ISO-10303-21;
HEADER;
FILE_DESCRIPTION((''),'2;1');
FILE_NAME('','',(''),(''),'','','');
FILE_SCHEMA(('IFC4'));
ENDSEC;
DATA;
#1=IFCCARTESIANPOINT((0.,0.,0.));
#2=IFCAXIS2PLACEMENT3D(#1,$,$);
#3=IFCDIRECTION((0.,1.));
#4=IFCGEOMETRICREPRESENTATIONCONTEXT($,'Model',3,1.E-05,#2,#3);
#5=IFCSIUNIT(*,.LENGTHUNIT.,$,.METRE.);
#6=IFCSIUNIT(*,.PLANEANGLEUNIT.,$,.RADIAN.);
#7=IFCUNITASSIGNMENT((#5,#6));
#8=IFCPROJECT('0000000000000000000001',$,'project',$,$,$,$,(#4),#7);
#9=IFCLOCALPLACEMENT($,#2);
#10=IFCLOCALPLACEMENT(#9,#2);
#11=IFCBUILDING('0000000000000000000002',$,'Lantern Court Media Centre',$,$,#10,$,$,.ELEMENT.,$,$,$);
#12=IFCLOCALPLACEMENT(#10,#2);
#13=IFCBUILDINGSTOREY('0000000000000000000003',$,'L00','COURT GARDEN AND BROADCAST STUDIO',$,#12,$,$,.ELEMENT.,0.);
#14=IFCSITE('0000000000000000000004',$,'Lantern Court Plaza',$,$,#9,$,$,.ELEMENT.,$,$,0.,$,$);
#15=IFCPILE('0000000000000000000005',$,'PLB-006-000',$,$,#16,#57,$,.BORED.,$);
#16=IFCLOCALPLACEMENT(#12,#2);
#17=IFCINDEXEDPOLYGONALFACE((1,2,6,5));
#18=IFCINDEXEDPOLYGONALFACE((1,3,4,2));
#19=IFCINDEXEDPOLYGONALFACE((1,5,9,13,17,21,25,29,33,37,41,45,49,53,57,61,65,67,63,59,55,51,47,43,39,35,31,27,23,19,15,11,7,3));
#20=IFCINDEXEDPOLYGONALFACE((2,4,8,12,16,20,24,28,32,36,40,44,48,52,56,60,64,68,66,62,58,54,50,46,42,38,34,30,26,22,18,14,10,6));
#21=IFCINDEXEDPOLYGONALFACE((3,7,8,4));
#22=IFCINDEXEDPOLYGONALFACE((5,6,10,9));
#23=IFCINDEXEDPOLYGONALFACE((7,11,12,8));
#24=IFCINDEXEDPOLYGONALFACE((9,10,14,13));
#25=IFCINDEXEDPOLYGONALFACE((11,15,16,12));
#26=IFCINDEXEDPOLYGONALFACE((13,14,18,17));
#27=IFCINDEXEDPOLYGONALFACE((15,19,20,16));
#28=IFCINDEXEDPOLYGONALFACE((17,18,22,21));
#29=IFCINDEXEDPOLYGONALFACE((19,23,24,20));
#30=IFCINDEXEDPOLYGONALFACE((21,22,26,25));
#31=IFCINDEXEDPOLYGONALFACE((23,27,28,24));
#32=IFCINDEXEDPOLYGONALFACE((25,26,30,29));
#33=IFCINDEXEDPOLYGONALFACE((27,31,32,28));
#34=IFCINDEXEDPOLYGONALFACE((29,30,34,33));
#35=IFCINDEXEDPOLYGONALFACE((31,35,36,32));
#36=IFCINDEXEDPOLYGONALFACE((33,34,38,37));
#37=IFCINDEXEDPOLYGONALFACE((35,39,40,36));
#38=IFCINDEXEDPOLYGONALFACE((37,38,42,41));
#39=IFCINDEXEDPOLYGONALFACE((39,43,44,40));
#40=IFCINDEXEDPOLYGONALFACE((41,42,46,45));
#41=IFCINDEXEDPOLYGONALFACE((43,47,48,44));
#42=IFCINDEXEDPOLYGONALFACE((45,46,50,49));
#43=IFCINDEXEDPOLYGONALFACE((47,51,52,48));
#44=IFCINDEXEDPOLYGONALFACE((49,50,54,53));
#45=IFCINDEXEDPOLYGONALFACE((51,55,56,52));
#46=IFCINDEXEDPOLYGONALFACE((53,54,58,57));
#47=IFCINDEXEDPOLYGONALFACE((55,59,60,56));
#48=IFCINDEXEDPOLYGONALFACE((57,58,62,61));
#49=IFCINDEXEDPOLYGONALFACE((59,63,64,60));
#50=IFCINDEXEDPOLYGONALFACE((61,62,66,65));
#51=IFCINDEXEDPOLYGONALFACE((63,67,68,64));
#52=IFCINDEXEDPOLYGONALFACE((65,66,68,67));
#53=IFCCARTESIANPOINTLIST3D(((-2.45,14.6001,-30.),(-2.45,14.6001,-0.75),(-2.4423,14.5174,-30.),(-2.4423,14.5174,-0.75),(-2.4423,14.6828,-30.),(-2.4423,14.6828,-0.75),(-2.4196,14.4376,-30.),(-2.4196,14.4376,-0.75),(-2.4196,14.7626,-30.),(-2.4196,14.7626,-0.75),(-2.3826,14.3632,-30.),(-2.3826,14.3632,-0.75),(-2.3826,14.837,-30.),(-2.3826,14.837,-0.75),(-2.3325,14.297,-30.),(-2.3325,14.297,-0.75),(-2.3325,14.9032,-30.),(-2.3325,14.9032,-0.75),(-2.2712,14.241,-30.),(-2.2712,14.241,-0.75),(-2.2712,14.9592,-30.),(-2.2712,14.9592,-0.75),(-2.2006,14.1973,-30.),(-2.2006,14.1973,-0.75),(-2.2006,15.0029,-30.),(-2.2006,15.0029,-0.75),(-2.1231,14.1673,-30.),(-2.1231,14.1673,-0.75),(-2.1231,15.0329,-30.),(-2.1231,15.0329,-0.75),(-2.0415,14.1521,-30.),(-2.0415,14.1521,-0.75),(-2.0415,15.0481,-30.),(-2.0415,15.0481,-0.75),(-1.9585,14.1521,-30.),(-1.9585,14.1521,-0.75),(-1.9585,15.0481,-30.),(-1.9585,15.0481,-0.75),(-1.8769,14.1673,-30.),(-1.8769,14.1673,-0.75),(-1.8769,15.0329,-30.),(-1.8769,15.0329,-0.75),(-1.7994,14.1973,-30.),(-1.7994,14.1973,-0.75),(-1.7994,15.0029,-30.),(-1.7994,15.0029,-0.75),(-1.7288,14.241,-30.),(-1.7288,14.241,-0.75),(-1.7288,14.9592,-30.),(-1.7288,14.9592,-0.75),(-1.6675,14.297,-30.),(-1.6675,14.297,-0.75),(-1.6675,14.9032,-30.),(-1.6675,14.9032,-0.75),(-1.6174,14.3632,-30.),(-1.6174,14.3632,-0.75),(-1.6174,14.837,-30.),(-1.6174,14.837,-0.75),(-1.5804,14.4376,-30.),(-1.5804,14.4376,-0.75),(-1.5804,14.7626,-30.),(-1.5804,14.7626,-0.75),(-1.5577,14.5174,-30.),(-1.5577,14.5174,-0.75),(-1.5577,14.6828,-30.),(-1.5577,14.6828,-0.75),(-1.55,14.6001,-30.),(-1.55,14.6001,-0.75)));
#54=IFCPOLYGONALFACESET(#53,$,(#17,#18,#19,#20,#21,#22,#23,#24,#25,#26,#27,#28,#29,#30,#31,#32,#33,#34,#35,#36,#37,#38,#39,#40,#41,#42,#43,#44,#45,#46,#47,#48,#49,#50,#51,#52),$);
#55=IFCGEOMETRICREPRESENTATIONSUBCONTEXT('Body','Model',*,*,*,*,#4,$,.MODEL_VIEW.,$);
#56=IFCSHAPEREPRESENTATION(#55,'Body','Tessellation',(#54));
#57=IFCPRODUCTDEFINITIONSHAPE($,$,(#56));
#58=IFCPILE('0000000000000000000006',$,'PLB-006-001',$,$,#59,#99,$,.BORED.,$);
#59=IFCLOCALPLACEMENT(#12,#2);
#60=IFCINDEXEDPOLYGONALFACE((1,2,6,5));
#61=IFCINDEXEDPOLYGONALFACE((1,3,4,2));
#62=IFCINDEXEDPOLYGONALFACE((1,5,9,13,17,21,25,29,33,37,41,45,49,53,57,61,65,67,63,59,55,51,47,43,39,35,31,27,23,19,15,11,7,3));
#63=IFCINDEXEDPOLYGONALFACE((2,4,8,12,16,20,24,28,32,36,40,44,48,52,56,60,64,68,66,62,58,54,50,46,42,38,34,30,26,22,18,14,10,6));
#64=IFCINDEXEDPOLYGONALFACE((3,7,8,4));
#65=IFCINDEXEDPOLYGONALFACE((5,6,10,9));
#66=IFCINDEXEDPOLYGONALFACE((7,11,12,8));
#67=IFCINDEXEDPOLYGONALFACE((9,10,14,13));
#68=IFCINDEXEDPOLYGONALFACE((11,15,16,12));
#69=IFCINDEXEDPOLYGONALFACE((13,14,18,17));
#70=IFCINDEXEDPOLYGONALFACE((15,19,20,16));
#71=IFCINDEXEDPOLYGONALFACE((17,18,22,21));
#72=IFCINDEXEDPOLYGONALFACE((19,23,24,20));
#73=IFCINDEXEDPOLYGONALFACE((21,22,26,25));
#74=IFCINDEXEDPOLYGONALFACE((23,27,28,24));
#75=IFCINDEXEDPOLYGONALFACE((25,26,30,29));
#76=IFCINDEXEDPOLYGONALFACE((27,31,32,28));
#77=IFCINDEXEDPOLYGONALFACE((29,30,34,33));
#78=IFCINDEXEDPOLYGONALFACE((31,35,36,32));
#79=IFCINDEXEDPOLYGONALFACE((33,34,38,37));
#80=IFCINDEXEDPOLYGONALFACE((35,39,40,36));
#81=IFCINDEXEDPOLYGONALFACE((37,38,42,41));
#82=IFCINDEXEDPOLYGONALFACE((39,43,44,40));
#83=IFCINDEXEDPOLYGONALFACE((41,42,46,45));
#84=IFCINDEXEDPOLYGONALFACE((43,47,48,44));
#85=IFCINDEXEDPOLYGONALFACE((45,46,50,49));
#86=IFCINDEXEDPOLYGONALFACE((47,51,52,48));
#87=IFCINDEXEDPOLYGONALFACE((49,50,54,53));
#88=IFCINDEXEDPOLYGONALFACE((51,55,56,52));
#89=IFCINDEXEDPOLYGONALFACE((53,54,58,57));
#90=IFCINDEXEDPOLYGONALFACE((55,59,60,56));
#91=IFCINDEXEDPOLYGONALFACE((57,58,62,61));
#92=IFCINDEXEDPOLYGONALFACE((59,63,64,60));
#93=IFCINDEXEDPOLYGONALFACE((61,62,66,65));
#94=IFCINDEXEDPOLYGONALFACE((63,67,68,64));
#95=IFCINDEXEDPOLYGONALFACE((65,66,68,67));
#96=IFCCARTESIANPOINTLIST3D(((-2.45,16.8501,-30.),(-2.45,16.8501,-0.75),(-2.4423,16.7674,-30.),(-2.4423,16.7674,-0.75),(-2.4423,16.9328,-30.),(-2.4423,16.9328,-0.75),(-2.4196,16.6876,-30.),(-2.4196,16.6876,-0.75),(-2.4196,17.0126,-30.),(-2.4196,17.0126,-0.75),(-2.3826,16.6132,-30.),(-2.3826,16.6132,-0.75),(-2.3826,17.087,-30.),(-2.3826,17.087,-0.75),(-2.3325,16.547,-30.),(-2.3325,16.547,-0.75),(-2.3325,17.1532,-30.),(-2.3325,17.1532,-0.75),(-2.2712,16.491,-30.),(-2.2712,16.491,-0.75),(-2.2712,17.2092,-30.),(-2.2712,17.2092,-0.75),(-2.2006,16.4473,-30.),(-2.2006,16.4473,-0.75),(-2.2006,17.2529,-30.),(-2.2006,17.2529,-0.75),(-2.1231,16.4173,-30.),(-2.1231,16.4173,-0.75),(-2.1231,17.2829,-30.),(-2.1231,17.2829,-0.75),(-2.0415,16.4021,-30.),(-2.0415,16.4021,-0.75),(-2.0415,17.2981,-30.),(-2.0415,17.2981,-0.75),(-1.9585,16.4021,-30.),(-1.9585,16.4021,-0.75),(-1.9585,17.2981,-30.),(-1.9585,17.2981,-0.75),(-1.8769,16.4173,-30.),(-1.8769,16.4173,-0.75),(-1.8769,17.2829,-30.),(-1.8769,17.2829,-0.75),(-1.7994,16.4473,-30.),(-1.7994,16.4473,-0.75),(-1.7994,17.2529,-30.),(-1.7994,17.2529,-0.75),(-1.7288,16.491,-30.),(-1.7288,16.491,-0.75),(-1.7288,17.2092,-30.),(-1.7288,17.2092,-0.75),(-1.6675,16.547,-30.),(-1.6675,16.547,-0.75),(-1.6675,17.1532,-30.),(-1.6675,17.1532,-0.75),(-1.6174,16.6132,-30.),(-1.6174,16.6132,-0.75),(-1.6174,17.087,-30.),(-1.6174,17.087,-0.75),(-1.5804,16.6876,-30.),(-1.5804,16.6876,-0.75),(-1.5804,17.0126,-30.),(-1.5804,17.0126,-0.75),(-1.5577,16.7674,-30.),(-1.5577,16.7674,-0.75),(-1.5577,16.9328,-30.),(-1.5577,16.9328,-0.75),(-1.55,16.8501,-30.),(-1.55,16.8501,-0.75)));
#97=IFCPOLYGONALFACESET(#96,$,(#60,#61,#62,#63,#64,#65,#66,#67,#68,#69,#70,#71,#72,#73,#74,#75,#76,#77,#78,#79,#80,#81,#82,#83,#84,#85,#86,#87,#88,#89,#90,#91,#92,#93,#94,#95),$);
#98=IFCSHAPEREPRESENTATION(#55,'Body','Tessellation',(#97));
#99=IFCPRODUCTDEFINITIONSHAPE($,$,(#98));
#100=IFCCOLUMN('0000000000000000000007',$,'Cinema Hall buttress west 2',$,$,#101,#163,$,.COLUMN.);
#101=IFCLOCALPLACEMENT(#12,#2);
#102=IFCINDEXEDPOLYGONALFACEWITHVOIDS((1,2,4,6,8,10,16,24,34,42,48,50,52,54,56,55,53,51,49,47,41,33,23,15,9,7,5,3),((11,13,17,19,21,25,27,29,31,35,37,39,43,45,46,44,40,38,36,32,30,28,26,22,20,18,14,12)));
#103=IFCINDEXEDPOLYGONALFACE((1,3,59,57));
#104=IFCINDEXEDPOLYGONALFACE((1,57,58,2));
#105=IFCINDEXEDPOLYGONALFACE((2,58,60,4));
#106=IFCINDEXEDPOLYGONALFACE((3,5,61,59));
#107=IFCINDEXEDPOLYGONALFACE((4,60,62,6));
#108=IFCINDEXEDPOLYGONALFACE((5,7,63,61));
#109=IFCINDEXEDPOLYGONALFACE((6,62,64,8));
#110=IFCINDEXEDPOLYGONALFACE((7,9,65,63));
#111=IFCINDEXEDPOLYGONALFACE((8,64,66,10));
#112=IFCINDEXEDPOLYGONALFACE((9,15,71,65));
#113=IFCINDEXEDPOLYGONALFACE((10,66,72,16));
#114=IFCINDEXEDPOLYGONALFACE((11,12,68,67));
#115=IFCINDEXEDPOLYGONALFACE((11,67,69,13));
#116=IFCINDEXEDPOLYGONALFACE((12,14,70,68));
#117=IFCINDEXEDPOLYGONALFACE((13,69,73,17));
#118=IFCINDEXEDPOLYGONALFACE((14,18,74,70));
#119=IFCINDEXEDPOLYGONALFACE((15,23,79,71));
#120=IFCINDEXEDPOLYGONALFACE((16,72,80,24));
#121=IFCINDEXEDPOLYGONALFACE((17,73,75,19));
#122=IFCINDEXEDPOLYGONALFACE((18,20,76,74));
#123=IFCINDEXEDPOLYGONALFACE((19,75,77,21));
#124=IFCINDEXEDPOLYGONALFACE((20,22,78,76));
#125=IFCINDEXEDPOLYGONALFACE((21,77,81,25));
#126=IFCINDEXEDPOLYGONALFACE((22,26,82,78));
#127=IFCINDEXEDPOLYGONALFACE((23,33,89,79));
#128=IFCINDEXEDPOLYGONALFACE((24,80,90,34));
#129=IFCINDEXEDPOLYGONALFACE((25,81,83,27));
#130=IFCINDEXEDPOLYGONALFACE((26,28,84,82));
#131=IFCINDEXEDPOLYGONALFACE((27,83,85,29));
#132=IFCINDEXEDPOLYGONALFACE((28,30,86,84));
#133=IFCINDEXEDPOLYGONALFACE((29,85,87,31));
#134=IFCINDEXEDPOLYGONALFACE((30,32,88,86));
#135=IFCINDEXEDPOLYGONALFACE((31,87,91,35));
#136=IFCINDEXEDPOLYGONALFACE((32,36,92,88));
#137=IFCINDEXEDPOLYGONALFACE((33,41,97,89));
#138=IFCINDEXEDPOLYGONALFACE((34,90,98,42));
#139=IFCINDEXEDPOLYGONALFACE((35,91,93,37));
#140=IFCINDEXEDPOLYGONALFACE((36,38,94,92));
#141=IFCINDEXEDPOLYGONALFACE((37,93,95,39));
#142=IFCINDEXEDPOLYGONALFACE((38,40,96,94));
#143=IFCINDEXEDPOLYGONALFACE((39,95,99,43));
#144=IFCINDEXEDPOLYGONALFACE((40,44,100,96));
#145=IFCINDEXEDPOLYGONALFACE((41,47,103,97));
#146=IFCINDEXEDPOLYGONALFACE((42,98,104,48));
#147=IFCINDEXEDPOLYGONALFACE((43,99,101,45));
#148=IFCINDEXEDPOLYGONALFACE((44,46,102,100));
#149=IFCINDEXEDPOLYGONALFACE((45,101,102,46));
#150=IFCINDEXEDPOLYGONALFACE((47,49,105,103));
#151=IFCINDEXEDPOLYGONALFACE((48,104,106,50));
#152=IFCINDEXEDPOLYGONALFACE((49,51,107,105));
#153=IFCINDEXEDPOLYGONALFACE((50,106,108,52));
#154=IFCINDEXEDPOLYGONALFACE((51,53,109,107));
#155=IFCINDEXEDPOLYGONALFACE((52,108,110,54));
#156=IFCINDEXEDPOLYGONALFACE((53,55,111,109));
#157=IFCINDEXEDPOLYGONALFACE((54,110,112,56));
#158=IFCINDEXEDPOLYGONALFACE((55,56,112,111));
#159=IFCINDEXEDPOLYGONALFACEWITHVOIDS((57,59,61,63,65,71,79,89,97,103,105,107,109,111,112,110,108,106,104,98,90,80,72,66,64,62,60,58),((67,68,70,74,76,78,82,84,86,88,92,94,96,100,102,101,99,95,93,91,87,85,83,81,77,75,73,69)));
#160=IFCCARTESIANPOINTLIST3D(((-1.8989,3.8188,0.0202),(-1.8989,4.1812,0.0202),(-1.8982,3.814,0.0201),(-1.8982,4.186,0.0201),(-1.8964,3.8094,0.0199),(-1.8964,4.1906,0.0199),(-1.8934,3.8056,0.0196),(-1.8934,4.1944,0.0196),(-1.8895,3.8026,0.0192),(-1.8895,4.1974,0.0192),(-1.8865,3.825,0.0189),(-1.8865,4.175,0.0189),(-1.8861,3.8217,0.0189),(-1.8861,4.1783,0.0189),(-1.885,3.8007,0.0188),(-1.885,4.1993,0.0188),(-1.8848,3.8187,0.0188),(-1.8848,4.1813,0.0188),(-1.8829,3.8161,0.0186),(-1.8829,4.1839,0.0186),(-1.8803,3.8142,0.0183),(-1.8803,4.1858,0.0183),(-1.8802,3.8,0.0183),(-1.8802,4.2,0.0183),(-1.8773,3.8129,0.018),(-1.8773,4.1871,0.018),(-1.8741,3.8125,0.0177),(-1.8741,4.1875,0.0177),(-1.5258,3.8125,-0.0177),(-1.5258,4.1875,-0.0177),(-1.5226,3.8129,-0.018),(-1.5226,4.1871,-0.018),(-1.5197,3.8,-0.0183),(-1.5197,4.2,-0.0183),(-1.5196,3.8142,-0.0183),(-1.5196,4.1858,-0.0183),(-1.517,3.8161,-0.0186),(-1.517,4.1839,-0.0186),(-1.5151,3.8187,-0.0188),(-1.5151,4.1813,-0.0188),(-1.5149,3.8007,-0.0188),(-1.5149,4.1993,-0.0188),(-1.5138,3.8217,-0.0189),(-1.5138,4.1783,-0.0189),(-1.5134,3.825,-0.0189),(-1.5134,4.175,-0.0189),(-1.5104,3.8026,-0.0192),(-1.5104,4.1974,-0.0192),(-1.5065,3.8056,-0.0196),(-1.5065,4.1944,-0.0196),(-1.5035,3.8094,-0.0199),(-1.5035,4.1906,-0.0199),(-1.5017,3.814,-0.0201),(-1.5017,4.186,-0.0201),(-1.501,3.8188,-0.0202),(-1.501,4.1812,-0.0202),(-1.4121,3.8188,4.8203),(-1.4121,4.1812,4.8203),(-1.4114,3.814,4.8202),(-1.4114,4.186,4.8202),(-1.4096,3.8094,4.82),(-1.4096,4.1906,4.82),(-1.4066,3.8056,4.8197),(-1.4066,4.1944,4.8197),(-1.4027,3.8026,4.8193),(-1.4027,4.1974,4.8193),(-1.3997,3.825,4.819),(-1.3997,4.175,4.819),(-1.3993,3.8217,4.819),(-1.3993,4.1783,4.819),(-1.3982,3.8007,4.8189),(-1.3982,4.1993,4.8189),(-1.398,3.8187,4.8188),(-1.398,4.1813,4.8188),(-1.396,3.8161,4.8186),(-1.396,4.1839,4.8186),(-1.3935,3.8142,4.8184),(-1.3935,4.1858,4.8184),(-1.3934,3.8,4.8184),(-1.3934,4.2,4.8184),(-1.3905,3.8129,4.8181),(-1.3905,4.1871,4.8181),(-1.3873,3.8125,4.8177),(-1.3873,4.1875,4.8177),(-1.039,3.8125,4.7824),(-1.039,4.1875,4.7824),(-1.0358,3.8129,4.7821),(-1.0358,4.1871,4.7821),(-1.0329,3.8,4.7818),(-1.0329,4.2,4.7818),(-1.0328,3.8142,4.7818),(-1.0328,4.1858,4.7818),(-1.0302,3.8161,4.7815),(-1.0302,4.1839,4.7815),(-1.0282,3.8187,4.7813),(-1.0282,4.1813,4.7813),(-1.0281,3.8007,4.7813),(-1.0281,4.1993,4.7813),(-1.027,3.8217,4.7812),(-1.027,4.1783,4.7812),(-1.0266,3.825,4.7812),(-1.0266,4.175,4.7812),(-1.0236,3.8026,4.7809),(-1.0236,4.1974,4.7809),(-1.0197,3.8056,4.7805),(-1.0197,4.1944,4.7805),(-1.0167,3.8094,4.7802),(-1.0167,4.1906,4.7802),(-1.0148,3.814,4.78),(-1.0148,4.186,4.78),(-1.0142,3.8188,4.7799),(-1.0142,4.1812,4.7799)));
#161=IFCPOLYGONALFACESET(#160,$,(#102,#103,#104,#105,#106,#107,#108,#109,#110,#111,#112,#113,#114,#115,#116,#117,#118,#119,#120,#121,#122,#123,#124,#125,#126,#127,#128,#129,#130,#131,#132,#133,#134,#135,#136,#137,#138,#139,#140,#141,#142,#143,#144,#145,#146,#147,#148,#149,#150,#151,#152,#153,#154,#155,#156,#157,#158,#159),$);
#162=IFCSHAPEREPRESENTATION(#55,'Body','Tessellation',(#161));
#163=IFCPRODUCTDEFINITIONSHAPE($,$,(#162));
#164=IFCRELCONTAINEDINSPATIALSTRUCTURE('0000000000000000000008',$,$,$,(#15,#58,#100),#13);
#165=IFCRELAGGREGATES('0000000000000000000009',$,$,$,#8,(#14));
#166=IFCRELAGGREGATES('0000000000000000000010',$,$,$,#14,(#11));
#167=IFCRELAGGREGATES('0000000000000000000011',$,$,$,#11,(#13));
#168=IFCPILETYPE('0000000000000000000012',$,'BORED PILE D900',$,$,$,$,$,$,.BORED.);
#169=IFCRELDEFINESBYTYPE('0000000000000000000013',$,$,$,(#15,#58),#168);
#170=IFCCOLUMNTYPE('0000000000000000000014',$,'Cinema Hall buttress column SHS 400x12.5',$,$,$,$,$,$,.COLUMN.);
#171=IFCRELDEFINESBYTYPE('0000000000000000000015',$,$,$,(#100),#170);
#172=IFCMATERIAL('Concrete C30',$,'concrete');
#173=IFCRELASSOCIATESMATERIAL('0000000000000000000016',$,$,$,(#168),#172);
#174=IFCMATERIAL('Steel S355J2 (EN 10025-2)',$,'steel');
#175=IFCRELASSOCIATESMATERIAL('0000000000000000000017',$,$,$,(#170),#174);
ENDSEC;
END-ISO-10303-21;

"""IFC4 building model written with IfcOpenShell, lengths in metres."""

from ifc_helpers import new_model, si_unit, direction, frame, origin, origin_2d, place, context, subcontext, project, spatial, hollow_rectangle, circle, extrude, material, material_profile, profile_set, type_object, element, save


model = new_model("IFC4")

# Units and contexts
model_context = context("Model", 3, precision=1e-05, world=origin(), true_north=direction((0.0, 1.0)))
body_context = subcontext(model_context, "Body", "Model", "MODEL_VIEW")
ifc_project = project(units=[si_unit("LENGTHUNIT", "METRE"), si_unit("PLANEANGLEUNIT", "RADIAN")], contexts=[model_context])

# Site, building, storey
site_placement = place(None, origin())
site = spatial("IfcSite", under=ifc_project, at=site_placement, Name="Lantern Court Plaza", CompositionType="ELEMENT", RefElevation=0.0)
building_placement = place(site_placement, origin())
building = spatial("IfcBuilding", under=site, at=building_placement, Name="Lantern Court Media Centre", CompositionType="ELEMENT")
storey_placement = place(building_placement, origin())
storey = spatial("IfcBuildingStorey", under=building, at=storey_placement, Name="L00", Description="COURT GARDEN AND BROADCAST STUDIO", CompositionType="ELEMENT", Elevation=0.0)

# Piles
ifc_material_1 = material(Name="Concrete C30", Category="concrete")
ifc_material_profile_1 = material_profile(ifc_material_1, circle(Radius=0.45, at=origin_2d()), Name="D900")
ifc_profile_set_1 = profile_set([ifc_material_profile_1], Name="Concrete C30")
pile_type = type_object("IfcPileType", Name="BORED PILE D900", PredefinedType="BORED", material=ifc_profile_set_1)
for number, where, z_axis, x_axis, name in (
    (1, (-2.0, 14.6001, -0.75), (0.0, 0.0, -1.0), (1.0, 0.0, 0.0), "PLB-006-000"),
    (2, (-2.0, 16.8501, -0.75), (0.0, 0.0, -1.0), (1.0, 0.0, 0.0), "PLB-006-001"),
):
    element("IfcPile", number, at=place(storey_placement, frame(where, z_axis=z_axis, x_axis=x_axis)), inside=storey, type_object=pile_type, Name=name, PredefinedType="BORED", context=body_context, shape_type="SweptSolid", body=[
        extrude(circle(Radius=0.45, at=origin_2d()), origin(), (0.0, 0.0, 1.0), 29.25),
    ])

# Column
ifc_material_2 = material(Name="Steel S355J2 (EN 10025-2)", Category="steel")
ifc_material_profile_2 = material_profile(ifc_material_2, hollow_rectangle(XDim=0.3999, YDim=0.3999, WallThickness=0.0125, InnerFilletRadius=0.0125, OuterFilletRadius=0.0188, at=origin_2d()), Name="Cinema Hall buttress column SHS 400x12.5")
ifc_profile_set_2 = profile_set([ifc_material_profile_2], Name="Steel S355J2 (EN 10025-2)")
column_type = type_object("IfcColumnType", Name="Cinema Hall buttress column SHS 400x12.5", PredefinedType="COLUMN", material=ifc_profile_set_2)
for number, where, z_axis, x_axis, name in (
    (3, (-1.7, 4.0, 0.0), (0.100901, 0.0, 0.994896), (0.0, 1.0, 0.0), "Cinema Hall buttress west 2"),
):
    element("IfcColumn", number, at=place(storey_placement, frame(where, z_axis=z_axis, x_axis=x_axis)), inside=storey, type_object=column_type, Name=name, PredefinedType="COLUMN", context=body_context, shape_type="SweptSolid", body=[
        extrude(hollow_rectangle(XDim=0.3999, YDim=0.3999, WallThickness=0.0125, InnerFilletRadius=0.0125, OuterFilletRadius=0.0188, at=origin_2d()), origin(), (0.0, 0.0, 1.0), 4.8247),
    ])

save(model, "model.ifc")
